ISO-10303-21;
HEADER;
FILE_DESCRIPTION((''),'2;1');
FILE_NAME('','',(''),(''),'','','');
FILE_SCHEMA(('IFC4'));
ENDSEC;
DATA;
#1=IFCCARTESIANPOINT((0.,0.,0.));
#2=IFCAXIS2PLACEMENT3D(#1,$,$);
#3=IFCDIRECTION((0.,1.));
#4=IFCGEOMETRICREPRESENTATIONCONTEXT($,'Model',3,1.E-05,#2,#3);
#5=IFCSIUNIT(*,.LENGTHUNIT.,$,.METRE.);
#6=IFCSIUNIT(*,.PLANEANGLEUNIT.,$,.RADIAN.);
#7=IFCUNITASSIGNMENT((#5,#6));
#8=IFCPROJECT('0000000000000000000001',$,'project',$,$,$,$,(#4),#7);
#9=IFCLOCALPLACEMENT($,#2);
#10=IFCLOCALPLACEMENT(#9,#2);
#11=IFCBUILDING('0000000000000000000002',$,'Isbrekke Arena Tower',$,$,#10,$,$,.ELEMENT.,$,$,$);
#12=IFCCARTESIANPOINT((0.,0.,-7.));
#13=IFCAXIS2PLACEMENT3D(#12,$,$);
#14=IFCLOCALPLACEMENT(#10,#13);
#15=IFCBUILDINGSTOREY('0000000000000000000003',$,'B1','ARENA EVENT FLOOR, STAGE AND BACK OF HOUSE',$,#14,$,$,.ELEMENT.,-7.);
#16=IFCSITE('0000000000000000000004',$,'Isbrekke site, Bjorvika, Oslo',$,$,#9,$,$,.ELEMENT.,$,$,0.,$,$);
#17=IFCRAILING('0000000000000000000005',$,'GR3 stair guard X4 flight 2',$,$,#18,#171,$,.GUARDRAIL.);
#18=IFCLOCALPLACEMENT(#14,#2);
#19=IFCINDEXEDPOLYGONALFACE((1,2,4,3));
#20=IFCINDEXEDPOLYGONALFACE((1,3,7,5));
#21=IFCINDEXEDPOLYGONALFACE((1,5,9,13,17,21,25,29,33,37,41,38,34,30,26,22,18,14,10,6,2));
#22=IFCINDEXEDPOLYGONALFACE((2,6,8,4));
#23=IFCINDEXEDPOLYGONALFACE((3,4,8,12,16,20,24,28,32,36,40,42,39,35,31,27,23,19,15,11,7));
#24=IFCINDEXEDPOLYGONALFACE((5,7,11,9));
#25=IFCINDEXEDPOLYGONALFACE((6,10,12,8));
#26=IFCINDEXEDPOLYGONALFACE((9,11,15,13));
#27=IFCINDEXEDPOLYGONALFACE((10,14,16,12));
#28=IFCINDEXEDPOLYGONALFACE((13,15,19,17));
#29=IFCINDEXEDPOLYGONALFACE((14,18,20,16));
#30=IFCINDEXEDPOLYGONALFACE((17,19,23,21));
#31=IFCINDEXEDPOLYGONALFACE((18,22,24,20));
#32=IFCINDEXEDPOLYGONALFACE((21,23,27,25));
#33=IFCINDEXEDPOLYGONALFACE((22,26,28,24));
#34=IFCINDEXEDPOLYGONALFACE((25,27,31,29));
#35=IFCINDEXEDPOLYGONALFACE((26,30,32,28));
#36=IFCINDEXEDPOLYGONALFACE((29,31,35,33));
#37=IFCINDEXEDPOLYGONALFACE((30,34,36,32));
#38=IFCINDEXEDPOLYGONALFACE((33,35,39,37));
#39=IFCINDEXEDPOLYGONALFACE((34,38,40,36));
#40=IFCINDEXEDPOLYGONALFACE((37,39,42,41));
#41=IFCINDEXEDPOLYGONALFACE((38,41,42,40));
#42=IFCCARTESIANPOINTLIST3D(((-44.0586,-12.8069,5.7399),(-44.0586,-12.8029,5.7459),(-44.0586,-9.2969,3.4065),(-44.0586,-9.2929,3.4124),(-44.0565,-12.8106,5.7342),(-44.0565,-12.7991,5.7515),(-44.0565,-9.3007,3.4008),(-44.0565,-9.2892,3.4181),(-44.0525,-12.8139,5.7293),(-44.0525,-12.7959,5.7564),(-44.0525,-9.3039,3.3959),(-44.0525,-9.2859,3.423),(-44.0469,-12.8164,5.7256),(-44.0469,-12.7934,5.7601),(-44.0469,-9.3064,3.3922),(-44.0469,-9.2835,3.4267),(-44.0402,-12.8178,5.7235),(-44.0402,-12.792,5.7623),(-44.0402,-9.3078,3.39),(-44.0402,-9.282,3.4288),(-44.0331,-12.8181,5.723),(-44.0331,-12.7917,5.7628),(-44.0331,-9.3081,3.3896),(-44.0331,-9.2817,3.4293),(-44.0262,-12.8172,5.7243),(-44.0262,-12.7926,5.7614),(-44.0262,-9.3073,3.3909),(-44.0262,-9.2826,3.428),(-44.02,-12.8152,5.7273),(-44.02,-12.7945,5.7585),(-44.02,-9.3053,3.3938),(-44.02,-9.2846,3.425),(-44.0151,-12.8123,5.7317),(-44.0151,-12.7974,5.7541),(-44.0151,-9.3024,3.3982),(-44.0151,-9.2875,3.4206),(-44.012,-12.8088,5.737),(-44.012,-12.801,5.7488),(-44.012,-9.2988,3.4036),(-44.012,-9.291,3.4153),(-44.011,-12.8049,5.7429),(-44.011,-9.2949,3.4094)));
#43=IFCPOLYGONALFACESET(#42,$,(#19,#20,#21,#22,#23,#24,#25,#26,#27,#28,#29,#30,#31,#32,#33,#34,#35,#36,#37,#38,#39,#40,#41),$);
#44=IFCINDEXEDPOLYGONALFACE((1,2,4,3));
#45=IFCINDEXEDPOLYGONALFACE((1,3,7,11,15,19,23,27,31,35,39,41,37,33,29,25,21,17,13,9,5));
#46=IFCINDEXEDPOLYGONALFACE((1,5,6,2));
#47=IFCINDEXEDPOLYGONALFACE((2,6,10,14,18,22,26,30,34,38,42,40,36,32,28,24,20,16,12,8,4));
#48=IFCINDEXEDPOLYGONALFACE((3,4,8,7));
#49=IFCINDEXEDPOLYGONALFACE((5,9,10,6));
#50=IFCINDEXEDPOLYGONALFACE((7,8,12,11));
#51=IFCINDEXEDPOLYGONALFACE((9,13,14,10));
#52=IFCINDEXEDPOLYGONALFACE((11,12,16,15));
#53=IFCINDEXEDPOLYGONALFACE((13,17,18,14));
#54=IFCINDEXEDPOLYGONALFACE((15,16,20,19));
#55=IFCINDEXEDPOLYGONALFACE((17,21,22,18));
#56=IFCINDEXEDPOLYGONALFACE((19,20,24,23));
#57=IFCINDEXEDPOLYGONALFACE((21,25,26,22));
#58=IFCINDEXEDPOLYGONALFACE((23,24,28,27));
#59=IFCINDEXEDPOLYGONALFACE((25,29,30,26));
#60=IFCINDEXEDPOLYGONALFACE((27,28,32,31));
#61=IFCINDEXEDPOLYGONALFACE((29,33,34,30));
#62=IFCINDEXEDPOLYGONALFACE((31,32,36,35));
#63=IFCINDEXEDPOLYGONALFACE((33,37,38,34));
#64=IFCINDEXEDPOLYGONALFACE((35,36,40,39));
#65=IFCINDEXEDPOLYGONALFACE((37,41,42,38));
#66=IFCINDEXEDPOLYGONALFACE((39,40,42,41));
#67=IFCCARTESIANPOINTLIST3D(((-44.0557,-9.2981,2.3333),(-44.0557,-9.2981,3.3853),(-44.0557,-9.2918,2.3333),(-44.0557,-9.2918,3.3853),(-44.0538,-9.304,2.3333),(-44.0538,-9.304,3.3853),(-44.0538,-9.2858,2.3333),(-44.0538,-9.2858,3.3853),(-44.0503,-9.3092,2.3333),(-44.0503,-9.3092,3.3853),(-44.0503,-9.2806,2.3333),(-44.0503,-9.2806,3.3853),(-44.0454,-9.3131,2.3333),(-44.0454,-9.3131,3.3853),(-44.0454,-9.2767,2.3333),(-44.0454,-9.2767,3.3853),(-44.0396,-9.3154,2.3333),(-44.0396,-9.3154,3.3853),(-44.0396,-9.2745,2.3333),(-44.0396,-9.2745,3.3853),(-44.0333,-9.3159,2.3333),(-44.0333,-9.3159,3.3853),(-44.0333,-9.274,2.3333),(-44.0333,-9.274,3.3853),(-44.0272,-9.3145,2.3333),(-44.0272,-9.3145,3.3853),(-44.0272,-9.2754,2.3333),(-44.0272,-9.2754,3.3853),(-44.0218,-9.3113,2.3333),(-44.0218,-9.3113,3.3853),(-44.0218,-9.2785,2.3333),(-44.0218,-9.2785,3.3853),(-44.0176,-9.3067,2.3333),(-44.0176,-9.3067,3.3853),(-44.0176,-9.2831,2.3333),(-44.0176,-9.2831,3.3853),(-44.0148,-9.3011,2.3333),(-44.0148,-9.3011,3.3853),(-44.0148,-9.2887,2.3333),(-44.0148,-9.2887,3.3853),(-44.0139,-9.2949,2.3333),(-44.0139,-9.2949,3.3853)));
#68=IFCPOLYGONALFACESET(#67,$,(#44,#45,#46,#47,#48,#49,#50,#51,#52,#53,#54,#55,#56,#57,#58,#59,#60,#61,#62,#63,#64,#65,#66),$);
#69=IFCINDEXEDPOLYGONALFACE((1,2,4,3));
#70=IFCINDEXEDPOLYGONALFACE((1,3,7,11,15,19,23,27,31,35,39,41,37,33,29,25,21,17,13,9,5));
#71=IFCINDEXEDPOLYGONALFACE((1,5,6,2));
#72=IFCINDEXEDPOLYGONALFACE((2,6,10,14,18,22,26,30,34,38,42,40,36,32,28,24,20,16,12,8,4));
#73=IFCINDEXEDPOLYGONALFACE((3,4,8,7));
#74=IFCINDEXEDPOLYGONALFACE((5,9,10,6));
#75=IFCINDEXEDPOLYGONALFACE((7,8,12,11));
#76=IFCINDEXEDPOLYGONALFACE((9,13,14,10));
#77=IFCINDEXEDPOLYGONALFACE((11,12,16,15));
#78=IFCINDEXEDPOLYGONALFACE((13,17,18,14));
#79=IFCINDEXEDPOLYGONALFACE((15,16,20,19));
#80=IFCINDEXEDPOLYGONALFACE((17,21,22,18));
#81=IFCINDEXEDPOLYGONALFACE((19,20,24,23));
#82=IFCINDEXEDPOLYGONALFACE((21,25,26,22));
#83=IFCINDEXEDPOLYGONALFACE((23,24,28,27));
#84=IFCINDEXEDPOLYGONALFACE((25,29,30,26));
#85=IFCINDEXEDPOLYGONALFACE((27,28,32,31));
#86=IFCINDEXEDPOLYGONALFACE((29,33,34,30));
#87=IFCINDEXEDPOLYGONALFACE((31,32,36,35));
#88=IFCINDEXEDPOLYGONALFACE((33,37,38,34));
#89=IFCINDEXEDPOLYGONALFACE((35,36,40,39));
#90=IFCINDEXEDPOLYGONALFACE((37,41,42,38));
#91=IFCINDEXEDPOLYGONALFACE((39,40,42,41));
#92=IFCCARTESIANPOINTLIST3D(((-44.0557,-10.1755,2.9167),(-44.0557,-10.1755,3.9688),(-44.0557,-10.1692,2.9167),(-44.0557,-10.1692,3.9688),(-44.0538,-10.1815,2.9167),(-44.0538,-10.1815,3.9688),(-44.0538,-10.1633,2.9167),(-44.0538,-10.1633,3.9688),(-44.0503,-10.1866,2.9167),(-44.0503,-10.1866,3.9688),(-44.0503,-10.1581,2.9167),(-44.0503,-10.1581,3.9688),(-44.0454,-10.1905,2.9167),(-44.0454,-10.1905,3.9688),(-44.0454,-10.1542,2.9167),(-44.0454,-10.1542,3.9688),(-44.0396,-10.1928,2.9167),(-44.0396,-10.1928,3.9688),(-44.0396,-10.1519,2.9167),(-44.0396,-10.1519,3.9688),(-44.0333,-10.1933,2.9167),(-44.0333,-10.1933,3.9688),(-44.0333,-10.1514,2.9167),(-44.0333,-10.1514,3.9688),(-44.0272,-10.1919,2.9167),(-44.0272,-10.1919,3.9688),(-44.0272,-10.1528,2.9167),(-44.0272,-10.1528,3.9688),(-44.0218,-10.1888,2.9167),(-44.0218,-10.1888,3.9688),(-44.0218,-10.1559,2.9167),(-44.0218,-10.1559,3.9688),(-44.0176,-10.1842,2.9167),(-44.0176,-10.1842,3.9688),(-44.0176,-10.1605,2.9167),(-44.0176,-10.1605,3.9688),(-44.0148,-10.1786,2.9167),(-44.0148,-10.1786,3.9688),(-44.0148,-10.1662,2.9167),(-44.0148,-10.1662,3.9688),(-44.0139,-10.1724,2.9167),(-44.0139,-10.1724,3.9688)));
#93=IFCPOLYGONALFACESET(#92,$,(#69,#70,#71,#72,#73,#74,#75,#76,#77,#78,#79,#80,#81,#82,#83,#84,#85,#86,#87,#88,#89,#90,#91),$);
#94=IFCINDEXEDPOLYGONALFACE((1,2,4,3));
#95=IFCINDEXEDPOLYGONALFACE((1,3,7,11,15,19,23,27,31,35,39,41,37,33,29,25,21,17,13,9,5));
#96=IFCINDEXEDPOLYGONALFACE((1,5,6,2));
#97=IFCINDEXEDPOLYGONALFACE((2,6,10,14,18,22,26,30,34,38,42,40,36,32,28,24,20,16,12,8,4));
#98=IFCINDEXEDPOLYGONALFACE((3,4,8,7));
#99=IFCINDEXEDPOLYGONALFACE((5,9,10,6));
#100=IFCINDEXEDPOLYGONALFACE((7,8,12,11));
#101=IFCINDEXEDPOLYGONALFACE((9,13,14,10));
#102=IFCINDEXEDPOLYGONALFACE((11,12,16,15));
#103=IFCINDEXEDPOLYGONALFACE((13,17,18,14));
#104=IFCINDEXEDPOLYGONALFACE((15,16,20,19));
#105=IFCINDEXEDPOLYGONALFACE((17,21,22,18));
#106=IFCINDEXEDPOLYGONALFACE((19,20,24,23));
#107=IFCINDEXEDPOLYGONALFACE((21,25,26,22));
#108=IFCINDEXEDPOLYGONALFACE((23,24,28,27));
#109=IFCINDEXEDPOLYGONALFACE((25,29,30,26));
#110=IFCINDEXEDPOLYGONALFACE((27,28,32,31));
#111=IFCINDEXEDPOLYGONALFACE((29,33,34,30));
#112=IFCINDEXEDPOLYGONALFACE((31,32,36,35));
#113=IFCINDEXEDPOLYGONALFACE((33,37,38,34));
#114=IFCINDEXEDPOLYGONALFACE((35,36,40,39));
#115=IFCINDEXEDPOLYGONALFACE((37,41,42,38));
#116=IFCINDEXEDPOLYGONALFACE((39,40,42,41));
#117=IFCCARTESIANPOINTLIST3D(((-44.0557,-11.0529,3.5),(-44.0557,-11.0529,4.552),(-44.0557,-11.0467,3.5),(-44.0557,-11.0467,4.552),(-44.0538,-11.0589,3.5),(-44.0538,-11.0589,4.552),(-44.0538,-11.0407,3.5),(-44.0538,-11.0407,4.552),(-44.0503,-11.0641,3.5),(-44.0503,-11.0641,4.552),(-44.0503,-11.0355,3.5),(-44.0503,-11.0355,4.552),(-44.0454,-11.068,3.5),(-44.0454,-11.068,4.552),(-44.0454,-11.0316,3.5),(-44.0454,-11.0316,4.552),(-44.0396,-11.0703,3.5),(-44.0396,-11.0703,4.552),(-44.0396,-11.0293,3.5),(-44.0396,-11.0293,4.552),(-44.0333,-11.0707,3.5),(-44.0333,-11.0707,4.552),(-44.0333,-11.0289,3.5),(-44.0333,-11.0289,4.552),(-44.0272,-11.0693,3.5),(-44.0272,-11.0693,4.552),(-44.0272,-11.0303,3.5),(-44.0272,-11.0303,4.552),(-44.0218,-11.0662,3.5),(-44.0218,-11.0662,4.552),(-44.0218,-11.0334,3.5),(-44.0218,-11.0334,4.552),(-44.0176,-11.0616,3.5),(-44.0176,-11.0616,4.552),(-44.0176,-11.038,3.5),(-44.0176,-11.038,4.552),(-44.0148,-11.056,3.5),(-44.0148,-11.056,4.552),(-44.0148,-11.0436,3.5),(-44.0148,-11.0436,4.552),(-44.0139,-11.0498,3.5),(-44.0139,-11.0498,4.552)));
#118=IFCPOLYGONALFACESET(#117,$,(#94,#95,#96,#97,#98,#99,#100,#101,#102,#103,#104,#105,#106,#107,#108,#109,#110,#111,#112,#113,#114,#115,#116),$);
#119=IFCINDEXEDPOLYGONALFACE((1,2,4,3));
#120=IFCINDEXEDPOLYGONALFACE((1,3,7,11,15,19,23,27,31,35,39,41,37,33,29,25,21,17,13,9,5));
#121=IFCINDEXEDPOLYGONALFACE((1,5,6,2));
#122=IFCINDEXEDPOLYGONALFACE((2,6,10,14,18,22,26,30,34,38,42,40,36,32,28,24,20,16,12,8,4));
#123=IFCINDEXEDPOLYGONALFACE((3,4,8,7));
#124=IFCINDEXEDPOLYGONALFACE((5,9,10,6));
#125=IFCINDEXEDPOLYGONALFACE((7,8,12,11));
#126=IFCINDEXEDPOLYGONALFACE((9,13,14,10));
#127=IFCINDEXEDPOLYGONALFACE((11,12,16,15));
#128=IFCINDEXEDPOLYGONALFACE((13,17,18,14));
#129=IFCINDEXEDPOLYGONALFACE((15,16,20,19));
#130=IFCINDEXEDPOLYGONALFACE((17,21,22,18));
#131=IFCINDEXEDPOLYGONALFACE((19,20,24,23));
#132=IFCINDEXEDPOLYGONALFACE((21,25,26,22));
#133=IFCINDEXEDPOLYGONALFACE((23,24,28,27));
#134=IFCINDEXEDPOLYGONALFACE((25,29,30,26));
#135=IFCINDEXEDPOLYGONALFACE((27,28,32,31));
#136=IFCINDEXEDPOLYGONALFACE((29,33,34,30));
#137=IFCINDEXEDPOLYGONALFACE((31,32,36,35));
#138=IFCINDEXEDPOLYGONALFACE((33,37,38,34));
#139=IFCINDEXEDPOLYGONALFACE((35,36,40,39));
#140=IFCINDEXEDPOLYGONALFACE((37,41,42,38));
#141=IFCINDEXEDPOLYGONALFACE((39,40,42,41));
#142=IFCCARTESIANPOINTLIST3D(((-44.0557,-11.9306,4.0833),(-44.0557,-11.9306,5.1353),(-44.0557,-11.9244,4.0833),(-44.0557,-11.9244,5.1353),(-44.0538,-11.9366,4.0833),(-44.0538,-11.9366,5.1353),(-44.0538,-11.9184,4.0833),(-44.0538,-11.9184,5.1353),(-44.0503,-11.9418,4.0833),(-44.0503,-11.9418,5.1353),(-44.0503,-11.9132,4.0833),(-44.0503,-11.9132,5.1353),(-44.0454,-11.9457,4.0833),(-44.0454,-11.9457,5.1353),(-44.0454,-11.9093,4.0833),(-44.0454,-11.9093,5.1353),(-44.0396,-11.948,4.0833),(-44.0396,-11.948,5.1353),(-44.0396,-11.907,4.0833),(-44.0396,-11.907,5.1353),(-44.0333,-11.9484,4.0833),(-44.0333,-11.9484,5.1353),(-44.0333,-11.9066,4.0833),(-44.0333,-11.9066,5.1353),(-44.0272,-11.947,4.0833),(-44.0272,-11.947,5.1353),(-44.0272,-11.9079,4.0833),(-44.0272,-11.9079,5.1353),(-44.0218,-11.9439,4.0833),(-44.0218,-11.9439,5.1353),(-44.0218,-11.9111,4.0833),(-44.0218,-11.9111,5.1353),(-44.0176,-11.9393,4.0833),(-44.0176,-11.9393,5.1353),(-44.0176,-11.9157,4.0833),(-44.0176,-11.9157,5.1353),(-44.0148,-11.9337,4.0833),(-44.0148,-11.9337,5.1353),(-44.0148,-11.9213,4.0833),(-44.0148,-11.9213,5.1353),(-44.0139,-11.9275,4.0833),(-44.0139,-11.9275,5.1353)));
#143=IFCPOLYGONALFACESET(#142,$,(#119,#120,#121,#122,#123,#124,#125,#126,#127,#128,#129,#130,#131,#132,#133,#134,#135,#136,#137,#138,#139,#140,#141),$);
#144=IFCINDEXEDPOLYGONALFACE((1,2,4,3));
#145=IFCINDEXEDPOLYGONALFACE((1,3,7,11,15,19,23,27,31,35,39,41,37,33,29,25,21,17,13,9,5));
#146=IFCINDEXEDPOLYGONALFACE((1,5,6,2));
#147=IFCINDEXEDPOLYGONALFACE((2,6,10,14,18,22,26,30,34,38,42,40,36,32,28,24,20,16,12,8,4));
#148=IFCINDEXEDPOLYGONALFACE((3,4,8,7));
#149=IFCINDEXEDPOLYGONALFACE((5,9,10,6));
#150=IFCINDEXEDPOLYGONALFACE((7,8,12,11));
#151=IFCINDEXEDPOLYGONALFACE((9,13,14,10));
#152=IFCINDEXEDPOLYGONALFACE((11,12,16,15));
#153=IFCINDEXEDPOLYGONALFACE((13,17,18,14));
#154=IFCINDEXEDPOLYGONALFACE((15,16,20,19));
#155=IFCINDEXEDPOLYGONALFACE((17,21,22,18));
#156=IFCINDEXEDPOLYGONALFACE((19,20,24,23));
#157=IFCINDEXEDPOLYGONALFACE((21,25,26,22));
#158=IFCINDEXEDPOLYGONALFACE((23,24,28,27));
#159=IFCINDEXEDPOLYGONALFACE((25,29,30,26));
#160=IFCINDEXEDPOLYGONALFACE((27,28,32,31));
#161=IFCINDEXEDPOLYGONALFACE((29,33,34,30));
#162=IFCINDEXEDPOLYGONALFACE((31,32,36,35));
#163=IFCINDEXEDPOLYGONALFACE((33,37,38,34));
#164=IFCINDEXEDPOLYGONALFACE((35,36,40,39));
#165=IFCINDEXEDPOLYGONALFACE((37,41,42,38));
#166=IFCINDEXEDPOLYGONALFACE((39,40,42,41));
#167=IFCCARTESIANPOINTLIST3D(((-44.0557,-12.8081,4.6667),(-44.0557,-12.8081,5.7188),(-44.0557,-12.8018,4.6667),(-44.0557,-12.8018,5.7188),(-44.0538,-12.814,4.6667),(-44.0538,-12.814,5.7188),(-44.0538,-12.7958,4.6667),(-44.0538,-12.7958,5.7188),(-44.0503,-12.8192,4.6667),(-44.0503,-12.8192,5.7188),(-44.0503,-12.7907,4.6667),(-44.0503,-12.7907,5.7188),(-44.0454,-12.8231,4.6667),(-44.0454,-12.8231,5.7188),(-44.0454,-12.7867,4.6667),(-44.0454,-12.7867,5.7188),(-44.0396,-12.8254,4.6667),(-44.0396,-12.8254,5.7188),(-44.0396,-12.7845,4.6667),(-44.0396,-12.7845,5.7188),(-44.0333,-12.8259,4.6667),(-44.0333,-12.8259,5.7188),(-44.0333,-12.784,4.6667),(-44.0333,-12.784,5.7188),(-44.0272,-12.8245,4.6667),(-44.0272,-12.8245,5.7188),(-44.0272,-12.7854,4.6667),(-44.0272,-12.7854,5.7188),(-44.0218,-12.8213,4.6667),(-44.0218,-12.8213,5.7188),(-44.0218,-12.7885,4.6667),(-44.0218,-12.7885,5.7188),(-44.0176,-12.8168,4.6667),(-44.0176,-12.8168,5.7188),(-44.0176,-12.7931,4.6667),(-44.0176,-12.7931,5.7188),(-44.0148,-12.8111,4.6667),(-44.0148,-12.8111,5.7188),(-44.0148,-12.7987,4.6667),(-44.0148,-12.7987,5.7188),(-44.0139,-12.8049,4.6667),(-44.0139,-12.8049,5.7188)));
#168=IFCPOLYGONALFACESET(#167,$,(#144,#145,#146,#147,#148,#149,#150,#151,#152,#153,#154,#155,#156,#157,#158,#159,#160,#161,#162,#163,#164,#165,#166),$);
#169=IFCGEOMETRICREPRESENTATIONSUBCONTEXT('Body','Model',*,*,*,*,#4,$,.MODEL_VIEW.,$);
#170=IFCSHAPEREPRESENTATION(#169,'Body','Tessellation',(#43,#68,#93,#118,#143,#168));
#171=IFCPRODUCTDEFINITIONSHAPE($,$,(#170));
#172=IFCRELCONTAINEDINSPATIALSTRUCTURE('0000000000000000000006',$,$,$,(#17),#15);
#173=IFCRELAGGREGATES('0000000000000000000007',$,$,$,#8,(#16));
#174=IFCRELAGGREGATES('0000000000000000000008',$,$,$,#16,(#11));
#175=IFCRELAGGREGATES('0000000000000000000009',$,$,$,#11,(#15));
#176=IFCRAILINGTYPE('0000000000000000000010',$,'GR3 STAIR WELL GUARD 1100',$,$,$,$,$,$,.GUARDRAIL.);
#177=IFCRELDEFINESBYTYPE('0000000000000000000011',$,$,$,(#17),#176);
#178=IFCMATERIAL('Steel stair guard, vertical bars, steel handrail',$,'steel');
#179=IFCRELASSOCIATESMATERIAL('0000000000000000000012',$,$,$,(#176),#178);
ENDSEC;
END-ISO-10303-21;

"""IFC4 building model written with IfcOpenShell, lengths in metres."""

from ifc_helpers import new_model, si_unit, direction, frame, origin, origin_2d, place, context, subcontext, project, spatial, circle, extrude, material, type_object, element, save


model = new_model("IFC4")

# Units and contexts
model_context = context("Model", 3, precision=1e-05, world=origin(), true_north=direction((0.0, 1.0)))
body_context = subcontext(model_context, "Body", "Model", "MODEL_VIEW")
ifc_project = project(units=[si_unit("LENGTHUNIT", "METRE"), si_unit("PLANEANGLEUNIT", "RADIAN")], contexts=[model_context])

# Site, building, storey
site_placement = place(None, origin())
site = spatial("IfcSite", under=ifc_project, at=site_placement, Name="Isbrekke site, Bjorvika, Oslo", CompositionType="ELEMENT", RefElevation=0.0)
building_placement = place(site_placement, origin())
building = spatial("IfcBuilding", under=site, at=building_placement, Name="Isbrekke Arena Tower", CompositionType="ELEMENT")
storey_placement = place(building_placement, frame((0.0, 0.0, -7.0)))
storey = spatial("IfcBuildingStorey", under=building, at=storey_placement, Name="B1", Description="ARENA EVENT FLOOR, STAGE AND BACK OF HOUSE", CompositionType="ELEMENT", Elevation=-7.0)

# Railing
ifc_material_1 = material(Name="Steel stair guard, vertical bars, steel handrail", Category="steel")
railing_type = type_object("IfcRailingType", Name="GR3 STAIR WELL GUARD 1100", PredefinedType="GUARDRAIL", material=ifc_material_1)
railing_1_placement = place(storey_placement, frame((-44.0349, -9.2949, 2.3333)))
element("IfcRailing", 1, at=railing_1_placement, inside=storey, type_object=railing_type, Name="GR3 stair guard X4 flight 2", PredefinedType="GUARDRAIL", context=body_context, shape_type="SweptSolid", body=[
    extrude(circle(Radius=0.0239, at=origin_2d()), frame((0.0, 0.0, 1.0762), z_axis=(0.0, -0.832763, 0.55363), x_axis=(1.0, 0.0, 0.0)), (0.0, 0.0, 1.0), 4.2148),
    extrude(circle(Radius=0.021, at=origin_2d()), origin(), (0.0, 0.0, 1.0), 1.052),
    extrude(circle(Radius=0.021, at=origin_2d()), frame((0.0, -0.8774, 0.5835)), (0.0, 0.0, 1.0), 1.052),
    extrude(circle(Radius=0.021, at=origin_2d()), frame((0.0, -1.7549, 1.1667)), (0.0, 0.0, 1.0), 1.052),
    extrude(circle(Radius=0.021, at=origin_2d()), frame((0.0, -2.6326, 1.75)), (0.0, 0.0, 1.0), 1.052),
    extrude(circle(Radius=0.021, at=origin_2d()), frame((0.0, -3.51, 2.3335)), (0.0, 0.0, 1.0), 1.052),
])

save(model, "model.ifc")
